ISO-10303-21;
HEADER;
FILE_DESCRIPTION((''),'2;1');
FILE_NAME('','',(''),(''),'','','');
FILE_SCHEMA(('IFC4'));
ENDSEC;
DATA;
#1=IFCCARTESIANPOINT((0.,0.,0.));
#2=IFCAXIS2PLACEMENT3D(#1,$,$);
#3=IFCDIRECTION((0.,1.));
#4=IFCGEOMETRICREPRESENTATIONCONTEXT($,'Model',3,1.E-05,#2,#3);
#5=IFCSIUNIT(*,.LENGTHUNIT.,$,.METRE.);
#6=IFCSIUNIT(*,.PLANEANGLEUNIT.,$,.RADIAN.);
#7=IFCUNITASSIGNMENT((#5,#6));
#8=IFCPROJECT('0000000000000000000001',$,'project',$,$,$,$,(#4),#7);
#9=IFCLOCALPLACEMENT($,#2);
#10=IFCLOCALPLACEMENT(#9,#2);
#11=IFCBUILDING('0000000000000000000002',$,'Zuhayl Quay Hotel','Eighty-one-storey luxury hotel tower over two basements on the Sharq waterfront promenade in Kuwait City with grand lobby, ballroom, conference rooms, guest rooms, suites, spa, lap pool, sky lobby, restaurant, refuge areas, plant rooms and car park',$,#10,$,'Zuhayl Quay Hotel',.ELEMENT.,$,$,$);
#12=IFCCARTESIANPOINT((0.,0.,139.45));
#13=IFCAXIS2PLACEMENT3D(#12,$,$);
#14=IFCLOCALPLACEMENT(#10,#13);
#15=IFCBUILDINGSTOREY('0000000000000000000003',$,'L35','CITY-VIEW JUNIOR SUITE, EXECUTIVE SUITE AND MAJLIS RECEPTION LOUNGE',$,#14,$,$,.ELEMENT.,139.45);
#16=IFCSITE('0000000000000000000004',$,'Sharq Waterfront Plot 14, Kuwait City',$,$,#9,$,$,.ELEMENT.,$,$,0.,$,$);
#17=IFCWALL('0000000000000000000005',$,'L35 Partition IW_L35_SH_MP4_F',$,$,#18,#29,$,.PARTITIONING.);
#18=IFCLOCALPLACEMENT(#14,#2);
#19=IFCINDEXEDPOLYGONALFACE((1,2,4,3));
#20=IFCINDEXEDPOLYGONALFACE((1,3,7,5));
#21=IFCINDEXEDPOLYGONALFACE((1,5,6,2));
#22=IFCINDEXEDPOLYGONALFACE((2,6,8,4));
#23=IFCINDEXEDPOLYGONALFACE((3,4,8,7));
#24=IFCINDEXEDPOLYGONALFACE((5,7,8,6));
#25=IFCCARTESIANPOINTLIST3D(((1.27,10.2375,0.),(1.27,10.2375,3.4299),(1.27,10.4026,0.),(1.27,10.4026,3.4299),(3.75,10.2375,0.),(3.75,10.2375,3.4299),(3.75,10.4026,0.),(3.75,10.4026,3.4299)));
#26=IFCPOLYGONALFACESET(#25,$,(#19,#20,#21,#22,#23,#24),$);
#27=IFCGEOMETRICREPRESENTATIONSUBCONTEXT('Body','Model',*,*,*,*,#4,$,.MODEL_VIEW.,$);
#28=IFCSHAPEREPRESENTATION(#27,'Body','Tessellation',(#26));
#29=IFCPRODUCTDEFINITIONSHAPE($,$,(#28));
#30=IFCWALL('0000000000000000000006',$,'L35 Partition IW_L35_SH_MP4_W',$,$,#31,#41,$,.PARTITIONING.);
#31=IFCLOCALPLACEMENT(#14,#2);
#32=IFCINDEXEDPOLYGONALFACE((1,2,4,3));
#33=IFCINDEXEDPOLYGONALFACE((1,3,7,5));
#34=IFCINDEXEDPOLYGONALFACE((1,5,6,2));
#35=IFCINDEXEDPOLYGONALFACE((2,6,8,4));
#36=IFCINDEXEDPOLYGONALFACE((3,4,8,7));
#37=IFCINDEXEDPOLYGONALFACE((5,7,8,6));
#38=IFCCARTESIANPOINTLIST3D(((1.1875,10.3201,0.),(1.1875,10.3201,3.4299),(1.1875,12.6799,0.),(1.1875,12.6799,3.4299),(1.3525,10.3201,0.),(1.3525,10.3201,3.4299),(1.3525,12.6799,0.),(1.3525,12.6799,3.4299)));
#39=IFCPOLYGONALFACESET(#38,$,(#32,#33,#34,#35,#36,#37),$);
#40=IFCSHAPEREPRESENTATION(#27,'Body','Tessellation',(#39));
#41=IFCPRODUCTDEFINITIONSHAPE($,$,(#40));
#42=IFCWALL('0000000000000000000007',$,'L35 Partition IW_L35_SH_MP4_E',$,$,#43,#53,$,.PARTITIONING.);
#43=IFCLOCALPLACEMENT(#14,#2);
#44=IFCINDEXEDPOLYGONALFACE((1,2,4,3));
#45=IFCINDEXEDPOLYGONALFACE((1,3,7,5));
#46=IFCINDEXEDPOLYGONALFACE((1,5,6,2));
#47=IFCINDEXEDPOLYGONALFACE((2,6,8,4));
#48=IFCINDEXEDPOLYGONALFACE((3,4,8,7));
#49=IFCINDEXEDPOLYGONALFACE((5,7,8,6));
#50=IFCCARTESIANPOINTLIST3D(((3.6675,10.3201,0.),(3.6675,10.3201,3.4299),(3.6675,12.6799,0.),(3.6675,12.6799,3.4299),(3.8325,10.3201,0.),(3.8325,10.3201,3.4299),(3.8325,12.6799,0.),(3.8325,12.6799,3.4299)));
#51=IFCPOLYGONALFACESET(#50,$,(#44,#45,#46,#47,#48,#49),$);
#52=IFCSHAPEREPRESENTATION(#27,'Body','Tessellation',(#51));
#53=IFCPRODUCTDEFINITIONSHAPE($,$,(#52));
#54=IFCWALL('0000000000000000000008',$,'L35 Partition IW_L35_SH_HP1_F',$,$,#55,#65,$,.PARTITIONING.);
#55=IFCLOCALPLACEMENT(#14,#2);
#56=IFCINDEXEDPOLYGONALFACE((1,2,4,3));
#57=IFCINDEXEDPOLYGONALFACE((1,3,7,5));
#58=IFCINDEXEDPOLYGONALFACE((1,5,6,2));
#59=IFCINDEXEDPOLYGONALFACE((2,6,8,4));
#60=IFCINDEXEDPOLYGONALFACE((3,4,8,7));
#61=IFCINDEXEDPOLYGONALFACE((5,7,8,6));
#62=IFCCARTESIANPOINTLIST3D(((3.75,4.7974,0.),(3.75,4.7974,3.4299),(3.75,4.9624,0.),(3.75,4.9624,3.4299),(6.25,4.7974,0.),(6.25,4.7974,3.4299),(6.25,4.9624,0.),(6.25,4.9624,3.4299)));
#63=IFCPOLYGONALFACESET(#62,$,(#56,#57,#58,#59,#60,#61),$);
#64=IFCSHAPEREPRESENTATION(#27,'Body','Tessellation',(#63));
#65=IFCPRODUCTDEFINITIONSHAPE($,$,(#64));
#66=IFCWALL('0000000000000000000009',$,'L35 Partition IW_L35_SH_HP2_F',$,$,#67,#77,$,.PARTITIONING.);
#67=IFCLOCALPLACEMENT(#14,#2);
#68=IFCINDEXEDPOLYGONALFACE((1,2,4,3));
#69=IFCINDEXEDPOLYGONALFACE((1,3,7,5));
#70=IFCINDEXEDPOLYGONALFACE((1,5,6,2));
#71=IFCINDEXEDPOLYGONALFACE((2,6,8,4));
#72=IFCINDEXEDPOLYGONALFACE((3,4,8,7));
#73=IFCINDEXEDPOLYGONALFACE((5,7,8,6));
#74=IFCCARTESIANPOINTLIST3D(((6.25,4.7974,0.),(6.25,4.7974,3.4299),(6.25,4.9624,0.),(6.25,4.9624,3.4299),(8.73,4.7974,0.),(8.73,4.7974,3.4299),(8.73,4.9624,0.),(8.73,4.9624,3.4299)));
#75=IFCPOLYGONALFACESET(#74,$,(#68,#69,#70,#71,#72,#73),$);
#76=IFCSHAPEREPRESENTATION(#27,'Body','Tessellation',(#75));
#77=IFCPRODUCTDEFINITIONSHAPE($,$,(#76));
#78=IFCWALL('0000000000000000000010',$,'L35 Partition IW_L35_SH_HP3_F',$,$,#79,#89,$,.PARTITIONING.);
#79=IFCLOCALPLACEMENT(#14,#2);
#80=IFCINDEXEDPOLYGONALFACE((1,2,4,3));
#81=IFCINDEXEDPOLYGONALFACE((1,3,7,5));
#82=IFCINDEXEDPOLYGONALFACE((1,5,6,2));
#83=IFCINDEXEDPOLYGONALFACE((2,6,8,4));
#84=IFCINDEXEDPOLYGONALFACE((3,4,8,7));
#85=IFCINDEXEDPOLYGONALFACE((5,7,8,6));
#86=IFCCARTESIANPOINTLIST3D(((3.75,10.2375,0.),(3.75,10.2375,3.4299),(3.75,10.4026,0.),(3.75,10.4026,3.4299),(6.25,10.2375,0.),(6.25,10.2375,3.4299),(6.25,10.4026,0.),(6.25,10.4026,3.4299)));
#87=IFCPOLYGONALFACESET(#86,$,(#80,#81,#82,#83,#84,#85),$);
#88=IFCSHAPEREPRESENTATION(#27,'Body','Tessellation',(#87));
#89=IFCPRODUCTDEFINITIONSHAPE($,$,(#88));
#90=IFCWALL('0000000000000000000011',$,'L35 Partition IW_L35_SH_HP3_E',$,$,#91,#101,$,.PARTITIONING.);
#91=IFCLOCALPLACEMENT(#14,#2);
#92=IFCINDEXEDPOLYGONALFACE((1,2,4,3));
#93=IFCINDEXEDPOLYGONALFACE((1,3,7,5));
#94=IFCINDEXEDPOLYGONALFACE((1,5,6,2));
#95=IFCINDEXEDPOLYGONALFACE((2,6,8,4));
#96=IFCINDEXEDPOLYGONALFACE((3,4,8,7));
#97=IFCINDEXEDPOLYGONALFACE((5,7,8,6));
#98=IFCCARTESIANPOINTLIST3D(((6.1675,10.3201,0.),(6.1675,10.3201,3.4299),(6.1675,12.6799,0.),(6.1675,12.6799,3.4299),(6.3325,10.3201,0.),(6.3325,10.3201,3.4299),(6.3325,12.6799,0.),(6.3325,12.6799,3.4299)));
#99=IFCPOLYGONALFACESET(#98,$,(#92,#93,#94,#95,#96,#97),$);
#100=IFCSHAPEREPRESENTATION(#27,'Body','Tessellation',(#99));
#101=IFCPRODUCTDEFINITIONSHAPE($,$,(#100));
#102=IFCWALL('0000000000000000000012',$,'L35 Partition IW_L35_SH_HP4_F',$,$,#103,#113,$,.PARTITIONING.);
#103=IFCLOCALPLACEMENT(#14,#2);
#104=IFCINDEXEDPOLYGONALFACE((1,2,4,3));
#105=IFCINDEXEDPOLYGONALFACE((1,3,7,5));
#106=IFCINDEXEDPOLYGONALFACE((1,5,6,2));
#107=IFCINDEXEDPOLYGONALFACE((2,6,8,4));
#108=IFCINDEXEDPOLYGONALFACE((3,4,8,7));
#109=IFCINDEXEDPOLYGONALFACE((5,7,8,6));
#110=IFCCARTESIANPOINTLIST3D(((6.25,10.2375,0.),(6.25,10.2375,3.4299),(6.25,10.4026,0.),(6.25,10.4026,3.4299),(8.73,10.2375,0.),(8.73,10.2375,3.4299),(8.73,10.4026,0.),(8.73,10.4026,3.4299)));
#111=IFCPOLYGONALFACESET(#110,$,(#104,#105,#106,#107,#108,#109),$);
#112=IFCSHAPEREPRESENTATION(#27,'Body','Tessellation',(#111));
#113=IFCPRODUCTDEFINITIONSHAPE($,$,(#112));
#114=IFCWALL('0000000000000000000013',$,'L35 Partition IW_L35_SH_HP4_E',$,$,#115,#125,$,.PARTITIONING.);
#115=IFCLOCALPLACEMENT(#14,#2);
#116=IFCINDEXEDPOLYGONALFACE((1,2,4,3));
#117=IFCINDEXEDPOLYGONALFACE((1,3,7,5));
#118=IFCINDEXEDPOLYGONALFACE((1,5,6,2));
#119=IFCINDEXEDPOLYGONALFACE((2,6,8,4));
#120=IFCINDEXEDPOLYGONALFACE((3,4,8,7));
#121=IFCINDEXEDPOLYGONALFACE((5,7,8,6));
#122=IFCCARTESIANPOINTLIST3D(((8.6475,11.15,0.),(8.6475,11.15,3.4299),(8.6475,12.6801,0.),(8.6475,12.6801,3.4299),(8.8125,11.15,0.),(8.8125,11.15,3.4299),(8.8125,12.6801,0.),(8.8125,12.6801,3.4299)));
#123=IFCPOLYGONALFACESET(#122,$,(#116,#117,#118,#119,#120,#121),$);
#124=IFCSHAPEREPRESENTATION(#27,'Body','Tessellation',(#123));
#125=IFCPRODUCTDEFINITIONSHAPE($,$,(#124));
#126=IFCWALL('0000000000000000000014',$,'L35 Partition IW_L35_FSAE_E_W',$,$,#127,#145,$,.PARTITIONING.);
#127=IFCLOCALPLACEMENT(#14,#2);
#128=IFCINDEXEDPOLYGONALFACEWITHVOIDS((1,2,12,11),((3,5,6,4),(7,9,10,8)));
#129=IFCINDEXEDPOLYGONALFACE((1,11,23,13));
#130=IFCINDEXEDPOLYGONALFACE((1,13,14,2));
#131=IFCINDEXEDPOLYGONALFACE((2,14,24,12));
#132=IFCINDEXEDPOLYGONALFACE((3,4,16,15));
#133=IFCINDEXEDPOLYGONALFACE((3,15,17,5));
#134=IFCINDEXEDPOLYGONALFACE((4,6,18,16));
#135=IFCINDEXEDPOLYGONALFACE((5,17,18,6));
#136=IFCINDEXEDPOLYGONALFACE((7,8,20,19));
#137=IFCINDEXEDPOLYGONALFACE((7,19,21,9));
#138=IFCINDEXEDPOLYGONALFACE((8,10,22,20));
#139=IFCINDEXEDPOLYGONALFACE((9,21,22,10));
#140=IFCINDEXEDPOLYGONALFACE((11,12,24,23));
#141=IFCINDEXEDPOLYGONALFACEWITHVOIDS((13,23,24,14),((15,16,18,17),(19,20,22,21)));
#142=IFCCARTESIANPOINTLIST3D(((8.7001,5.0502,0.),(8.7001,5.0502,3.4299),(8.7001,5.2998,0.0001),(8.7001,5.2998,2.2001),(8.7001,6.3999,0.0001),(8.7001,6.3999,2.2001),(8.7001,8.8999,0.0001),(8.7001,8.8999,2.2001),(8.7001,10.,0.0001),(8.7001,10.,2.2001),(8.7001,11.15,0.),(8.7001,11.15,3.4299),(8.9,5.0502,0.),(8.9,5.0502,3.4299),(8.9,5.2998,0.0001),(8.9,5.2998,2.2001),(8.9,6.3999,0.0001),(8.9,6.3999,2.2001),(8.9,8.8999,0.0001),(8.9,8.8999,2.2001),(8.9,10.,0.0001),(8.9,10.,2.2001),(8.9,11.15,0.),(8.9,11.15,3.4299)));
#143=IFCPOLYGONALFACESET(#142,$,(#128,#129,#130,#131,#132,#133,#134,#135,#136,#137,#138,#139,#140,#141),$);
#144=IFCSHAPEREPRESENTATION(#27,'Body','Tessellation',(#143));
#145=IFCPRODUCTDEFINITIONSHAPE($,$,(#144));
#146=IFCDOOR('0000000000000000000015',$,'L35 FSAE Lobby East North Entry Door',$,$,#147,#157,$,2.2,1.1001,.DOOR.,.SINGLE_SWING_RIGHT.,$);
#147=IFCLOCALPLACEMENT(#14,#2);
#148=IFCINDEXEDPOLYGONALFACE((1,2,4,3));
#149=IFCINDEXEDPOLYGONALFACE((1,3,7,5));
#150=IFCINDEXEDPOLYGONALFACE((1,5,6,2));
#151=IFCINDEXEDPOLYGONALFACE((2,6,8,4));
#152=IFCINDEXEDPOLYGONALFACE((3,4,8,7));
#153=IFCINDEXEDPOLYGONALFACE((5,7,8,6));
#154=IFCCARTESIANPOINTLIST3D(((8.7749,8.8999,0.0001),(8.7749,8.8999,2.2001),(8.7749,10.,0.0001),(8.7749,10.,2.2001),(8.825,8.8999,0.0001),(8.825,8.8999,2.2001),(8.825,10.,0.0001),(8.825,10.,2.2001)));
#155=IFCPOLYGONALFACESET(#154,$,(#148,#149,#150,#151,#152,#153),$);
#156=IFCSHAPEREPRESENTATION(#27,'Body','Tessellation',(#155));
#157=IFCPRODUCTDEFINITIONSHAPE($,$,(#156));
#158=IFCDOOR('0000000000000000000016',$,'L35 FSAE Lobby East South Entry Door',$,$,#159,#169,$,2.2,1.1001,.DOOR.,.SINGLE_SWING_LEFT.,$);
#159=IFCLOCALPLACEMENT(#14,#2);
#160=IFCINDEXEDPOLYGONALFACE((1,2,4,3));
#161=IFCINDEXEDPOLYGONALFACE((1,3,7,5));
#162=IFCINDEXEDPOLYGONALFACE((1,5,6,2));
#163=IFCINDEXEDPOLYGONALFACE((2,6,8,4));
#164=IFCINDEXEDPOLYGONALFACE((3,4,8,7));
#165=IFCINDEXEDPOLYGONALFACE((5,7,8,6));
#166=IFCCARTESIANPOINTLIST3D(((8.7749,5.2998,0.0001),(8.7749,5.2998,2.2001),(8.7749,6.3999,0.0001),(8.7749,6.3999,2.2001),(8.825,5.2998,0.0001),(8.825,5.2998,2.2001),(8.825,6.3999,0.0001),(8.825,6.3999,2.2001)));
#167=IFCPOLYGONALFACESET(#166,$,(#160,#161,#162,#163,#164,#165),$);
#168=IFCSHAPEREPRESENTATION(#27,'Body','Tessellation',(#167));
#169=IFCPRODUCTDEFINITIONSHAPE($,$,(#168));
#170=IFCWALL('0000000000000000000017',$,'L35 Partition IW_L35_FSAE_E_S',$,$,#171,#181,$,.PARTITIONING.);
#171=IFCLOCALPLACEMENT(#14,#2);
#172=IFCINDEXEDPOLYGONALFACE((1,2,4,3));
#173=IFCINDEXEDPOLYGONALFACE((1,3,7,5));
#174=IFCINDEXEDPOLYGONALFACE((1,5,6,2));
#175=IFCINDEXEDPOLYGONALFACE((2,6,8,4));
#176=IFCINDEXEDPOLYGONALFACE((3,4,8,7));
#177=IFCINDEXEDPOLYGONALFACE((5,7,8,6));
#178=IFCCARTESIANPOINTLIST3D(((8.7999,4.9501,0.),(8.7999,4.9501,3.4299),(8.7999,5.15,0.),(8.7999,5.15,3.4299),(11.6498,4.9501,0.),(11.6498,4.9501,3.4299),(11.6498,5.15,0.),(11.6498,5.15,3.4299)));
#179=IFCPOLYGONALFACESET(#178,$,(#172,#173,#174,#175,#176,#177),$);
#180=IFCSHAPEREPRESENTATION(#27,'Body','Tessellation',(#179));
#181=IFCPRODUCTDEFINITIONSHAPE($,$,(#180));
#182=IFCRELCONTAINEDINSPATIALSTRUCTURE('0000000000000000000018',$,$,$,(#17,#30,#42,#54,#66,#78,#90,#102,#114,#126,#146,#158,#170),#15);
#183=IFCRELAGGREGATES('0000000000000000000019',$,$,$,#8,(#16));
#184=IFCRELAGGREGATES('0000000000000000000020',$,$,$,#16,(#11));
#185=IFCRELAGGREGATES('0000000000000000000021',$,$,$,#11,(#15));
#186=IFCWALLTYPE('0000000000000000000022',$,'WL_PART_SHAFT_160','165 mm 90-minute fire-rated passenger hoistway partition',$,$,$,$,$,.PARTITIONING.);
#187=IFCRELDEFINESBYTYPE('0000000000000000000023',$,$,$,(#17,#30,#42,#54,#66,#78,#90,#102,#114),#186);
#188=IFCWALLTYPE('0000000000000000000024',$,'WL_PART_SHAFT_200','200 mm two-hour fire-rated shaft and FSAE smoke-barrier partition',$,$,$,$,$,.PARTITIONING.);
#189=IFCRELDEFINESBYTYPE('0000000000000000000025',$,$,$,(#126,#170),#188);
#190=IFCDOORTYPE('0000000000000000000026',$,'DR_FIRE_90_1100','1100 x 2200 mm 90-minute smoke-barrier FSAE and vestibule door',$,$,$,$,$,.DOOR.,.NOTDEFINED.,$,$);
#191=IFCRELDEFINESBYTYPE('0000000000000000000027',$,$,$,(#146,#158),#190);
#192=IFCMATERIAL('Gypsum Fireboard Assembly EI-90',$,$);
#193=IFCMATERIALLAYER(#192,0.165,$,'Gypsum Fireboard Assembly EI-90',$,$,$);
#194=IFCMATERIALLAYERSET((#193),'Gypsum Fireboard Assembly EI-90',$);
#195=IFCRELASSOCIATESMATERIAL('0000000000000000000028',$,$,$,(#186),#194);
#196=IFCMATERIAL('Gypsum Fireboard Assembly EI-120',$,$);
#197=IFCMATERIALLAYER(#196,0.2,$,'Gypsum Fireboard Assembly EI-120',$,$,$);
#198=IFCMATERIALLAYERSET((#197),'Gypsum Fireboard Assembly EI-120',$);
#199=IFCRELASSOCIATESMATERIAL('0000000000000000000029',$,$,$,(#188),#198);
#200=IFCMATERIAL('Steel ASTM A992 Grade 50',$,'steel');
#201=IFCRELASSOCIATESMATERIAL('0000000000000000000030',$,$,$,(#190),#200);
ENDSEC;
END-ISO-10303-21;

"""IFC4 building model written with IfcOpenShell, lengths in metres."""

from ifc_helpers import new_model, si_unit, direction, frame, frame_2d, origin, place, context, subcontext, project, spatial, rectangle, extrude, material, layer, layer_set, type_object, element, fill, save


model = new_model("IFC4")

# Units and contexts
model_context = context("Model", 3, precision=1e-05, world=origin(), true_north=direction((0.0, 1.0)))
body_context = subcontext(model_context, "Body", "Model", "MODEL_VIEW")
ifc_project = project(units=[si_unit("LENGTHUNIT", "METRE"), si_unit("PLANEANGLEUNIT", "RADIAN")], contexts=[model_context])

# Site, building, storey
site_placement = place(None, origin())
site = spatial("IfcSite", under=ifc_project, at=site_placement, Name="Sharq Waterfront Plot 14, Kuwait City", CompositionType="ELEMENT", RefElevation=0.0)
building_placement = place(site_placement, origin())
building = spatial("IfcBuilding", under=site, at=building_placement, Name="Zuhayl Quay Hotel", Description="Eighty-one-storey luxury hotel tower over two basements on the Sharq waterfront promenade in Kuwait City with grand lobby, ballroom, conference rooms, guest rooms, suites, spa, lap pool, sky lobby, restaurant, refuge areas, plant rooms and car park", LongName="Zuhayl Quay Hotel", CompositionType="ELEMENT")
storey_placement = place(building_placement, frame((0.0, 0.0, 139.45)))
storey = spatial("IfcBuildingStorey", under=building, at=storey_placement, Name="L35", Description="CITY-VIEW JUNIOR SUITE, EXECUTIVE SUITE AND MAJLIS RECEPTION LOUNGE", CompositionType="ELEMENT", Elevation=139.45)

# Shared definitions
ifc_material_1 = material(Name="Steel ASTM A992 Grade 50", Category="steel")

# Shared definitions
ifc_material_2 = material(Name="Gypsum Fireboard Assembly EI-90")
ifc_layer_1 = layer(ifc_material_2, 0.165, Name="Gypsum Fireboard Assembly EI-90")
ifc_layer_set_1 = layer_set([ifc_layer_1], Name="Gypsum Fireboard Assembly EI-90")
wall_type_1 = type_object("IfcWallType", Name="WL_PART_SHAFT_160", Description="165 mm 90-minute fire-rated passenger hoistway partition", PredefinedType="PARTITIONING", material=ifc_layer_set_1)

# Walls
for number, where, z_axis, x_axis, name in (
    (1, (1.27, 10.3201, 0.0), (0.0, 0.0, 1.0), (1.0, 0.0, 0.0), "L35 Partition IW_L35_SH_MP4_F"),
):
    element("IfcWall", number, at=place(storey_placement, frame(where, z_axis=z_axis, x_axis=x_axis)), inside=storey, type_object=wall_type_1, Name=name, PredefinedType="PARTITIONING", context=body_context, shape_type="SweptSolid", body=[
        extrude(rectangle(XDim=2.48, YDim=0.165, at=frame_2d((1.24, 0.0))), origin(), (0.0, 0.0, 1.0), 3.4299),
    ])
for number, where, z_axis, x_axis, name in (
    (2, (1.27, 10.3201, 0.0), (0.0, 0.0, 1.0), (0.0, 1.0, 0.0), "L35 Partition IW_L35_SH_MP4_W"),
    (3, (3.75, 10.3201, 0.0), (0.0, 0.0, 1.0), (0.0, 1.0, 0.0), "L35 Partition IW_L35_SH_MP4_E"),
):
    element("IfcWall", number, at=place(storey_placement, frame(where, z_axis=z_axis, x_axis=x_axis)), inside=storey, type_object=wall_type_1, Name=name, PredefinedType="PARTITIONING", context=body_context, shape_type="SweptSolid", body=[
        extrude(rectangle(XDim=2.3599, YDim=0.165, at=frame_2d((1.1799, 0.0))), origin(), (0.0, 0.0, 1.0), 3.4299),
    ])
wall_1_placement = place(storey_placement, frame((3.75, 4.8799, 0.0), z_axis=(0.0, 0.0, 1.0), x_axis=(1.0, 0.0, 0.0)))
element("IfcWall", 4, at=wall_1_placement, inside=storey, type_object=wall_type_1, Name="L35 Partition IW_L35_SH_HP1_F", PredefinedType="PARTITIONING", context=body_context, shape_type="SweptSolid", body=[
    extrude(rectangle(XDim=2.5, YDim=0.165, at=frame_2d((1.25, 0.0))), origin(), (0.0, 0.0, 1.0), 3.4299),
])
wall_2_placement = place(storey_placement, frame((6.25, 4.8799, 0.0), z_axis=(0.0, 0.0, 1.0), x_axis=(1.0, 0.0, 0.0)))
element("IfcWall", 5, at=wall_2_placement, inside=storey, type_object=wall_type_1, Name="L35 Partition IW_L35_SH_HP2_F", PredefinedType="PARTITIONING", context=body_context, shape_type="SweptSolid", body=[
    extrude(rectangle(XDim=2.48, YDim=0.165, at=frame_2d((1.24, 0.0))), origin(), (0.0, 0.0, 1.0), 3.4299),
])
wall_3_placement = place(storey_placement, frame((3.75, 10.3201, 0.0), z_axis=(0.0, 0.0, 1.0), x_axis=(1.0, 0.0, 0.0)))
element("IfcWall", 6, at=wall_3_placement, inside=storey, type_object=wall_type_1, Name="L35 Partition IW_L35_SH_HP3_F", PredefinedType="PARTITIONING", context=body_context, shape_type="SweptSolid", body=[
    extrude(rectangle(XDim=2.5, YDim=0.165, at=frame_2d((1.25, 0.0))), origin(), (0.0, 0.0, 1.0), 3.4299),
])
wall_4_placement = place(storey_placement, frame((6.25, 10.3201, 0.0), z_axis=(0.0, 0.0, 1.0), x_axis=(0.0, 1.0, 0.0)))
element("IfcWall", 7, at=wall_4_placement, inside=storey, type_object=wall_type_1, Name="L35 Partition IW_L35_SH_HP3_E", PredefinedType="PARTITIONING", context=body_context, shape_type="SweptSolid", body=[
    extrude(rectangle(XDim=2.3599, YDim=0.165, at=frame_2d((1.1799, 0.0))), origin(), (0.0, 0.0, 1.0), 3.4299),
])
wall_5_placement = place(storey_placement, frame((6.25, 10.3201, 0.0), z_axis=(0.0, 0.0, 1.0), x_axis=(1.0, 0.0, 0.0)))
element("IfcWall", 8, at=wall_5_placement, inside=storey, type_object=wall_type_1, Name="L35 Partition IW_L35_SH_HP4_F", PredefinedType="PARTITIONING", context=body_context, shape_type="SweptSolid", body=[
    extrude(rectangle(XDim=2.48, YDim=0.165, at=frame_2d((1.24, 0.0))), origin(), (0.0, 0.0, 1.0), 3.4299),
])
wall_6_placement = place(storey_placement, frame((8.73, 11.1499, 0.0), z_axis=(0.0, 0.0, 1.0), x_axis=(0.0, 1.0, 0.0)))
element("IfcWall", 9, at=wall_6_placement, inside=storey, type_object=wall_type_1, Name="L35 Partition IW_L35_SH_HP4_E", PredefinedType="PARTITIONING", context=body_context, shape_type="SweptSolid", body=[
    extrude(rectangle(XDim=1.53, YDim=0.165, at=frame_2d((0.7651, 0.0))), origin(), (0.0, 0.0, 1.0), 3.4299),
])

# Wall, openings, doors
ifc_material_3 = material(Name="Gypsum Fireboard Assembly EI-120")
ifc_layer_2 = layer(ifc_material_3, 0.2, Name="Gypsum Fireboard Assembly EI-120")
ifc_layer_set_2 = layer_set([ifc_layer_2], Name="Gypsum Fireboard Assembly EI-120")
wall_type_2 = type_object("IfcWallType", Name="WL_PART_SHAFT_200", Description="200 mm two-hour fire-rated shaft and FSAE smoke-barrier partition", PredefinedType="PARTITIONING", material=ifc_layer_set_2)
wall_7_placement = place(storey_placement, frame((8.8, 11.1499, 0.0), z_axis=(0.0, 0.0, 1.0), x_axis=(0.0, -1.0, 0.0)))
wall_7 = element("IfcWall", 10, at=wall_7_placement, inside=storey, type_object=wall_type_2, Name="L35 Partition IW_L35_FSAE_E_W", PredefinedType="PARTITIONING", context=body_context, shape_type="SweptSolid", body=[
    extrude(rectangle(XDim=6.0999, YDim=0.2, at=frame_2d((3.0498, 0.0))), origin(), (0.0, 0.0, 1.0), 3.4299),
])
opening_1_placement = place(wall_7_placement, frame((1.1499, 0.0, 0.0)))
opening_1 = element("IfcOpeningElement", 11, at=opening_1_placement, cuts=wall_7, PredefinedType="OPENING", context=body_context, shape_type="SweptSolid", body=[
    extrude(rectangle(XDim=1.1001, YDim=2.2, at=frame_2d((0.55, 1.1001))), frame((0.0, 0.1099, 0.0), z_axis=(0.0, -1.0, 0.0), x_axis=(1.0, 0.0, 0.0)), (0.0, 0.0, 1.0), 0.22),
])
opening_2_placement = place(wall_7_placement, frame((4.75, 0.0, 0.0)))
opening_2 = element("IfcOpeningElement", 12, at=opening_2_placement, cuts=wall_7, PredefinedType="OPENING", context=body_context, shape_type="SweptSolid", body=[
    extrude(rectangle(XDim=1.1001, YDim=2.2, at=frame_2d((0.55, 1.1001))), frame((0.0, 0.1099, 0.0), z_axis=(0.0, -1.0, 0.0), x_axis=(1.0, 0.0, 0.0)), (0.0, 0.0, 1.0), 0.22),
])
door_type_1 = type_object("IfcDoorType", Name="DR_FIRE_90_1100", Description="1100 x 2200 mm 90-minute smoke-barrier FSAE and vestibule door", OperationType="NOTDEFINED", PredefinedType="DOOR", material=ifc_material_1)
door_1_placement = place(opening_1_placement, origin())
door_1 = element("IfcDoor", 13, at=door_1_placement, inside=storey, type_object=door_type_1, Name="L35 FSAE Lobby East North Entry Door", OperationType="SINGLE_SWING_RIGHT", OverallHeight=2.2, OverallWidth=1.1001, PredefinedType="DOOR", context=body_context, shape_type="SweptSolid", body=[
    extrude(rectangle(XDim=1.1001, YDim=2.2, at=frame_2d((0.55, 1.1001))), frame((0.0, 0.0249, 0.0), z_axis=(0.0, -1.0, 0.0), x_axis=(1.0, 0.0, 0.0)), (0.0, 0.0, 1.0), 0.05),
])
fill(opening_1, door_1)
door_2_placement = place(opening_2_placement, origin())
door_2 = element("IfcDoor", 14, at=door_2_placement, inside=storey, type_object=door_type_1, Name="L35 FSAE Lobby East South Entry Door", OperationType="SINGLE_SWING_LEFT", OverallHeight=2.2, OverallWidth=1.1001, PredefinedType="DOOR", context=body_context, shape_type="SweptSolid", body=[
    extrude(rectangle(XDim=1.1001, YDim=2.2, at=frame_2d((0.55, 1.1001))), frame((0.0, 0.0249, 0.0), z_axis=(0.0, -1.0, 0.0), x_axis=(1.0, 0.0, 0.0)), (0.0, 0.0, 1.0), 0.05),
])
fill(opening_2, door_2)

# Wall
wall_8_placement = place(storey_placement, frame((8.8, 5.05, 0.0), z_axis=(0.0, 0.0, 1.0), x_axis=(1.0, 0.0, 0.0)))
element("IfcWall", 15, at=wall_8_placement, inside=storey, type_object=wall_type_2, Name="L35 Partition IW_L35_FSAE_E_S", PredefinedType="PARTITIONING", context=body_context, shape_type="SweptSolid", body=[
    extrude(rectangle(XDim=2.8499, YDim=0.2, at=frame_2d((1.4248, 0.0))), origin(), (0.0, 0.0, 1.0), 3.4299),
])

save(model, "model.ifc")
